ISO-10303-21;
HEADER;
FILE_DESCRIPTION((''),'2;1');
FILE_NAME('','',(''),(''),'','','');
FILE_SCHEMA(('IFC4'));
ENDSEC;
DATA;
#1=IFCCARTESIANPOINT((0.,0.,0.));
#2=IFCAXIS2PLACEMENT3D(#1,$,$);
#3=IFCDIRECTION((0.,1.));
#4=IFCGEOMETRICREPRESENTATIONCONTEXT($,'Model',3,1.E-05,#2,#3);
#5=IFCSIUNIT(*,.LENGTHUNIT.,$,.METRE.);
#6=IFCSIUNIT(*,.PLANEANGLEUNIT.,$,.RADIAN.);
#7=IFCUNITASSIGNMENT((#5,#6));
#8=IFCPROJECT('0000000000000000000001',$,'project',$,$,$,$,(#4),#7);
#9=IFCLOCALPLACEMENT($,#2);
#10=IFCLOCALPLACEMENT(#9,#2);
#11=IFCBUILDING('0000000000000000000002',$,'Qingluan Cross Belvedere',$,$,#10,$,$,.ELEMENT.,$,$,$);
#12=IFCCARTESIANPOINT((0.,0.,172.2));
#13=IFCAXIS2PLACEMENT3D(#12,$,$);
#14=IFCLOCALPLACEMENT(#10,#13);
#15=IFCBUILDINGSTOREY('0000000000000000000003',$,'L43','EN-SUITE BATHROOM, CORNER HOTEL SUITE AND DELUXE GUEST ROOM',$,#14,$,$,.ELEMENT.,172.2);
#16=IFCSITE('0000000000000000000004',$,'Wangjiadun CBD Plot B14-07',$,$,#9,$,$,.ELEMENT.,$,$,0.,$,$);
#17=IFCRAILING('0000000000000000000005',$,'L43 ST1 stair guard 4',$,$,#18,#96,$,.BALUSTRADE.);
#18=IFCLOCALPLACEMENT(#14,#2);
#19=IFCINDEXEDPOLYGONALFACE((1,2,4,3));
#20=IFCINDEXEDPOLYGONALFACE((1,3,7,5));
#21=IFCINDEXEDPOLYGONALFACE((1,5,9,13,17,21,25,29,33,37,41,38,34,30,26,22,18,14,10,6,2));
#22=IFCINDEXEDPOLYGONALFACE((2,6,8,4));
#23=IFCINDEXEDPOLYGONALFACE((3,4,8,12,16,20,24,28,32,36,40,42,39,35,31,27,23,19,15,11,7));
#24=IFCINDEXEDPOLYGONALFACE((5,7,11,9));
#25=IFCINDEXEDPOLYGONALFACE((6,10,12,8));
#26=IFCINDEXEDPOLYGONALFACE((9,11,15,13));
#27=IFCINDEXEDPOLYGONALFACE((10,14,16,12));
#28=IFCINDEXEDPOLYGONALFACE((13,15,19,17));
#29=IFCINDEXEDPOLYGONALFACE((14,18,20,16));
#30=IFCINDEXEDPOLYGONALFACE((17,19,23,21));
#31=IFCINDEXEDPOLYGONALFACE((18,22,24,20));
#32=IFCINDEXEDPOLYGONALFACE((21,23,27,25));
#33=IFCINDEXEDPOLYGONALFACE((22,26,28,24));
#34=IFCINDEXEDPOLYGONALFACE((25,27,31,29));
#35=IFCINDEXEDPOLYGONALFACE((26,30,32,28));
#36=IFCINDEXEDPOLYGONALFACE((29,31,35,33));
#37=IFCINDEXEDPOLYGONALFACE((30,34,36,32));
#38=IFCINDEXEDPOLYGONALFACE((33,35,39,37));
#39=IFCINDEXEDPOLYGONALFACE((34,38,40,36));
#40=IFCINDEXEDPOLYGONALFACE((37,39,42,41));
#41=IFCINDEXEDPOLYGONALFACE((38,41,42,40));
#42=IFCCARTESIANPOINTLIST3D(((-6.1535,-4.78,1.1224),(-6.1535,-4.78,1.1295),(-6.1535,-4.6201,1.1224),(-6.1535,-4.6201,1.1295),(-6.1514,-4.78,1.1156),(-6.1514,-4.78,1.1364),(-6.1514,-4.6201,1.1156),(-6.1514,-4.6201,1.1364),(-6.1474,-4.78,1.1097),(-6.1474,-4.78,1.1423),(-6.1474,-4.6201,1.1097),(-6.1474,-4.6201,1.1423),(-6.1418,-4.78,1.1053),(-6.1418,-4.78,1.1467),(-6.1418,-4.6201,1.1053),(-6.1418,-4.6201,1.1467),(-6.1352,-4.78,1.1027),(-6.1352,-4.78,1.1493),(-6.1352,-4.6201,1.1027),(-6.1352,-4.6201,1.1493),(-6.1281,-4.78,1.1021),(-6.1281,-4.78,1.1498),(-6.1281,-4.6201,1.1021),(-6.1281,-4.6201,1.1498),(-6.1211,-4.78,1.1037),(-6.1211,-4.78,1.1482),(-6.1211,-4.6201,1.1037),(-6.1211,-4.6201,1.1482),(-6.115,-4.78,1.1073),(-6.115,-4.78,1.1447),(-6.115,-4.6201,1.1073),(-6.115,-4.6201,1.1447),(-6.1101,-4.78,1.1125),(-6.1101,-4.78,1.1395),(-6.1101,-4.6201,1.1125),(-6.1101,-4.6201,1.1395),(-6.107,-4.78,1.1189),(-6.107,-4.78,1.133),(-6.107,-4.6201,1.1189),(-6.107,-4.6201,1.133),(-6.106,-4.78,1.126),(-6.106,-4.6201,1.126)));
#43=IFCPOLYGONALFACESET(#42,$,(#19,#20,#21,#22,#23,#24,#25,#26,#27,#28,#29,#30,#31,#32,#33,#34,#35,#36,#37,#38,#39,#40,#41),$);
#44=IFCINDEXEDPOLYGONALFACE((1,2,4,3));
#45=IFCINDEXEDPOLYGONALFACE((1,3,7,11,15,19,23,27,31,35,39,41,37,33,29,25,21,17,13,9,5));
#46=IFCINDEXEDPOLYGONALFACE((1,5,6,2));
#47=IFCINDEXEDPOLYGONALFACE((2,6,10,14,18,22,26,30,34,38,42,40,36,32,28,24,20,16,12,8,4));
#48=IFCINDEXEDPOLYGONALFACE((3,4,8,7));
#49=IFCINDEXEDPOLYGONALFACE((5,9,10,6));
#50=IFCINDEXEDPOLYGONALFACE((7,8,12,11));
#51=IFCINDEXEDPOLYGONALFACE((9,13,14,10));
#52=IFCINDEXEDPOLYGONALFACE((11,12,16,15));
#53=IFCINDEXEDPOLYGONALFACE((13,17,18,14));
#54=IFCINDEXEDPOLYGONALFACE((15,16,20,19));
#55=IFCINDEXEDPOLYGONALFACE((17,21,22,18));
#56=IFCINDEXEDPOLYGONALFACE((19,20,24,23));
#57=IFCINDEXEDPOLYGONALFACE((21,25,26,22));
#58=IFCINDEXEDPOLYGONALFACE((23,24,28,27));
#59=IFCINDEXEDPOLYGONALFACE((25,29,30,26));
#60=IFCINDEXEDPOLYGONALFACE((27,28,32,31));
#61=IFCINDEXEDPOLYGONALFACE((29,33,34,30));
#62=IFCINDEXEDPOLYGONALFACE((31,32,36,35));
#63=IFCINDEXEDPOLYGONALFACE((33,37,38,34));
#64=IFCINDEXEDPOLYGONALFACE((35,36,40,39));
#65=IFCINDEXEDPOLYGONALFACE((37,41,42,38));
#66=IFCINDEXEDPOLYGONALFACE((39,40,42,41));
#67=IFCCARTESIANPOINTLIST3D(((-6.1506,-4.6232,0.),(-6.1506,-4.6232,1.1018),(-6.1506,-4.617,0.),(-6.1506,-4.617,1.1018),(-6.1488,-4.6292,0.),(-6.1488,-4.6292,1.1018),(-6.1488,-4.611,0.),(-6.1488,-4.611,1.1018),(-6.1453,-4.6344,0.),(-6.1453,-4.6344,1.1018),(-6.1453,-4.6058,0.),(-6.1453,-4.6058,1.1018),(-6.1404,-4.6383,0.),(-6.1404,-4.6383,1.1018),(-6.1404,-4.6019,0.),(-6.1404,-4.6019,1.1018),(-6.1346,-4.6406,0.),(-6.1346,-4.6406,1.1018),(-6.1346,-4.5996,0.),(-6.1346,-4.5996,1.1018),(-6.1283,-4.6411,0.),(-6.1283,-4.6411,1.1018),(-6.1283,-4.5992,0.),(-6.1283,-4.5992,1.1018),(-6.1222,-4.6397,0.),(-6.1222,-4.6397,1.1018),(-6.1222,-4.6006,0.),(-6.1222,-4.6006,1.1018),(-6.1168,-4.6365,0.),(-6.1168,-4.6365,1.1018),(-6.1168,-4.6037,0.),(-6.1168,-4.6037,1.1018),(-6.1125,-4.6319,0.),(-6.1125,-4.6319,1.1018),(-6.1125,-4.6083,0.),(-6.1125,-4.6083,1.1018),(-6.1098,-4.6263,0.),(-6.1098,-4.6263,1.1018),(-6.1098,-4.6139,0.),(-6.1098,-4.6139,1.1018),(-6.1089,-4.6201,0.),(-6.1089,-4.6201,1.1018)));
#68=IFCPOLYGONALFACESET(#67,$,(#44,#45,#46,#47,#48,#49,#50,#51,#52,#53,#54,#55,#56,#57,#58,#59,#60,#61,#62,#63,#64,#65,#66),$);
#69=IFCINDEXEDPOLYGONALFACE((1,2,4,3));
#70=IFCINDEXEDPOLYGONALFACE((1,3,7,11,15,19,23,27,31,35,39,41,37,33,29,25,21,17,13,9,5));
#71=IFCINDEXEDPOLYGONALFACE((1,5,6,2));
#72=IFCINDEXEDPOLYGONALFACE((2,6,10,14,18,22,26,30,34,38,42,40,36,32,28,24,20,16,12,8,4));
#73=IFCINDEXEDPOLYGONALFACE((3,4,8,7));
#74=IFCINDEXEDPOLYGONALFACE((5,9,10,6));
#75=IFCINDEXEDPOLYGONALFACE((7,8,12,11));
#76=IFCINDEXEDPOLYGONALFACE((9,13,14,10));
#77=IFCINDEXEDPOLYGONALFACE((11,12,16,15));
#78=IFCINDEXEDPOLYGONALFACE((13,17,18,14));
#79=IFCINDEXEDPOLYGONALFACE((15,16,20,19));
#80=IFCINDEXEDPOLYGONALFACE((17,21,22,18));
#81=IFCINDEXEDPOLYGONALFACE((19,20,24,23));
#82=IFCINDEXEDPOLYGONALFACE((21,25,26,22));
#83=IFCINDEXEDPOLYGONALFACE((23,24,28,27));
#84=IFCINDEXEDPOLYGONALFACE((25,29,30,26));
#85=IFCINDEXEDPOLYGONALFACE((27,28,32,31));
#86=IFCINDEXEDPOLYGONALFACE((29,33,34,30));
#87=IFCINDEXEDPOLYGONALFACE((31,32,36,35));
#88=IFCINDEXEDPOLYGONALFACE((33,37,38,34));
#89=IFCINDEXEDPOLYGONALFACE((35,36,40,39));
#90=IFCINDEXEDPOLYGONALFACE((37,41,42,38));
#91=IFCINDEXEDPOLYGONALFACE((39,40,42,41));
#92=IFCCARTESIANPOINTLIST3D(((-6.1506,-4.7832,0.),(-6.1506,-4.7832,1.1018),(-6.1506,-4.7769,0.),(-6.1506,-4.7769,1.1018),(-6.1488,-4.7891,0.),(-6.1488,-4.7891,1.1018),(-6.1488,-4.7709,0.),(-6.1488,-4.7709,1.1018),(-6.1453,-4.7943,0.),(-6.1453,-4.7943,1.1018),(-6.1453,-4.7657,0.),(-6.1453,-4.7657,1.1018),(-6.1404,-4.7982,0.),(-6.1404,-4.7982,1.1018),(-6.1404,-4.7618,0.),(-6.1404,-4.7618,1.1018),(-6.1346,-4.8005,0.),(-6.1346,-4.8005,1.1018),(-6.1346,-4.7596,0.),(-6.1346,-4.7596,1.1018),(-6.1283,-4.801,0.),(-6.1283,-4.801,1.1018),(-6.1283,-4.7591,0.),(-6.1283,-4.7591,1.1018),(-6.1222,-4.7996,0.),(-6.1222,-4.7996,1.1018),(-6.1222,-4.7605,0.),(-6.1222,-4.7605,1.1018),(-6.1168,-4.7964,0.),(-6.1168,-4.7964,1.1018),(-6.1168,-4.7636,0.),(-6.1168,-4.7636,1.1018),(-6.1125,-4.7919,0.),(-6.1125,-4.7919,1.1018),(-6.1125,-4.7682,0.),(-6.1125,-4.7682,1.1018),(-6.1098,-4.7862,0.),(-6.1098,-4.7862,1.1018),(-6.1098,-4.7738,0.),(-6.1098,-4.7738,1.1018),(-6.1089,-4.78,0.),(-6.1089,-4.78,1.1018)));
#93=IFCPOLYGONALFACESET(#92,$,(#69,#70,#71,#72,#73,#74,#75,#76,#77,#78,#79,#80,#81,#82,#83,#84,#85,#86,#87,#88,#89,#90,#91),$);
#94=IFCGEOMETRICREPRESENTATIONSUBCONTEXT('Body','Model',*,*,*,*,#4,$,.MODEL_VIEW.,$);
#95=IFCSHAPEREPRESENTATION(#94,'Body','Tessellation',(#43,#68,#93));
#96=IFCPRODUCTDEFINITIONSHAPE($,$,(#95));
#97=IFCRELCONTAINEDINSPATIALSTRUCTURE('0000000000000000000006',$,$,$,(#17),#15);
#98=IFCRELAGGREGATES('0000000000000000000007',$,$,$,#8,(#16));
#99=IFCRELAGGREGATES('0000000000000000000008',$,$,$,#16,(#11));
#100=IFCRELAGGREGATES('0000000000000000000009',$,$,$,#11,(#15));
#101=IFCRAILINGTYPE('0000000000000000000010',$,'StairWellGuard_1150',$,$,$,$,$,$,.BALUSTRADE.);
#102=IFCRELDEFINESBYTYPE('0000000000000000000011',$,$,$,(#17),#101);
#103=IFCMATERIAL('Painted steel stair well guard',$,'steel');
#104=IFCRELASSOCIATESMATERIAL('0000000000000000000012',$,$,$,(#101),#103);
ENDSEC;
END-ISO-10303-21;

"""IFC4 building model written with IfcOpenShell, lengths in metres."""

from ifc_helpers import new_model, si_unit, direction, frame, origin, origin_2d, place, context, subcontext, project, spatial, circle, extrude, material, type_object, element, save


model = new_model("IFC4")

# Units and contexts
model_context = context("Model", 3, precision=1e-05, world=origin(), true_north=direction((0.0, 1.0)))
body_context = subcontext(model_context, "Body", "Model", "MODEL_VIEW")
ifc_project = project(units=[si_unit("LENGTHUNIT", "METRE"), si_unit("PLANEANGLEUNIT", "RADIAN")], contexts=[model_context])

# Site, building, storey
site_placement = place(None, origin())
site = spatial("IfcSite", under=ifc_project, at=site_placement, Name="Wangjiadun CBD Plot B14-07", CompositionType="ELEMENT", RefElevation=0.0)
building_placement = place(site_placement, origin())
building = spatial("IfcBuilding", under=site, at=building_placement, Name="Qingluan Cross Belvedere", CompositionType="ELEMENT")
storey_placement = place(building_placement, frame((0.0, 0.0, 172.2)))
storey = spatial("IfcBuildingStorey", under=building, at=storey_placement, Name="L43", Description="EN-SUITE BATHROOM, CORNER HOTEL SUITE AND DELUXE GUEST ROOM", CompositionType="ELEMENT", Elevation=172.2)

# Railing
ifc_material_1 = material(Name="Painted steel stair well guard", Category="steel")
railing_type_1 = type_object("IfcRailingType", Name="StairWellGuard_1150", PredefinedType="BALUSTRADE", material=ifc_material_1)
railing_1_placement = place(storey_placement, frame((-6.1299, -4.6201, 0.0)))
element("IfcRailing", 1, at=railing_1_placement, inside=storey, type_object=railing_type_1, Name="L43 ST1 stair guard 4", PredefinedType="BALUSTRADE", context=body_context, shape_type="SweptSolid", body=[
    extrude(circle(Radius=0.0239, at=origin_2d()), frame((0.0, 0.0, 1.126), z_axis=(0.0, -1.0, 0.0), x_axis=(1.0, 0.0, 0.0)), (0.0, 0.0, 1.0), 0.1599),
    extrude(circle(Radius=0.021, at=origin_2d()), origin(), (0.0, 0.0, 1.0), 1.1018),
    extrude(circle(Radius=0.021, at=origin_2d()), frame((0.0, -0.1599, 0.0)), (0.0, 0.0, 1.0), 1.1018),
])

save(model, "model.ifc")
